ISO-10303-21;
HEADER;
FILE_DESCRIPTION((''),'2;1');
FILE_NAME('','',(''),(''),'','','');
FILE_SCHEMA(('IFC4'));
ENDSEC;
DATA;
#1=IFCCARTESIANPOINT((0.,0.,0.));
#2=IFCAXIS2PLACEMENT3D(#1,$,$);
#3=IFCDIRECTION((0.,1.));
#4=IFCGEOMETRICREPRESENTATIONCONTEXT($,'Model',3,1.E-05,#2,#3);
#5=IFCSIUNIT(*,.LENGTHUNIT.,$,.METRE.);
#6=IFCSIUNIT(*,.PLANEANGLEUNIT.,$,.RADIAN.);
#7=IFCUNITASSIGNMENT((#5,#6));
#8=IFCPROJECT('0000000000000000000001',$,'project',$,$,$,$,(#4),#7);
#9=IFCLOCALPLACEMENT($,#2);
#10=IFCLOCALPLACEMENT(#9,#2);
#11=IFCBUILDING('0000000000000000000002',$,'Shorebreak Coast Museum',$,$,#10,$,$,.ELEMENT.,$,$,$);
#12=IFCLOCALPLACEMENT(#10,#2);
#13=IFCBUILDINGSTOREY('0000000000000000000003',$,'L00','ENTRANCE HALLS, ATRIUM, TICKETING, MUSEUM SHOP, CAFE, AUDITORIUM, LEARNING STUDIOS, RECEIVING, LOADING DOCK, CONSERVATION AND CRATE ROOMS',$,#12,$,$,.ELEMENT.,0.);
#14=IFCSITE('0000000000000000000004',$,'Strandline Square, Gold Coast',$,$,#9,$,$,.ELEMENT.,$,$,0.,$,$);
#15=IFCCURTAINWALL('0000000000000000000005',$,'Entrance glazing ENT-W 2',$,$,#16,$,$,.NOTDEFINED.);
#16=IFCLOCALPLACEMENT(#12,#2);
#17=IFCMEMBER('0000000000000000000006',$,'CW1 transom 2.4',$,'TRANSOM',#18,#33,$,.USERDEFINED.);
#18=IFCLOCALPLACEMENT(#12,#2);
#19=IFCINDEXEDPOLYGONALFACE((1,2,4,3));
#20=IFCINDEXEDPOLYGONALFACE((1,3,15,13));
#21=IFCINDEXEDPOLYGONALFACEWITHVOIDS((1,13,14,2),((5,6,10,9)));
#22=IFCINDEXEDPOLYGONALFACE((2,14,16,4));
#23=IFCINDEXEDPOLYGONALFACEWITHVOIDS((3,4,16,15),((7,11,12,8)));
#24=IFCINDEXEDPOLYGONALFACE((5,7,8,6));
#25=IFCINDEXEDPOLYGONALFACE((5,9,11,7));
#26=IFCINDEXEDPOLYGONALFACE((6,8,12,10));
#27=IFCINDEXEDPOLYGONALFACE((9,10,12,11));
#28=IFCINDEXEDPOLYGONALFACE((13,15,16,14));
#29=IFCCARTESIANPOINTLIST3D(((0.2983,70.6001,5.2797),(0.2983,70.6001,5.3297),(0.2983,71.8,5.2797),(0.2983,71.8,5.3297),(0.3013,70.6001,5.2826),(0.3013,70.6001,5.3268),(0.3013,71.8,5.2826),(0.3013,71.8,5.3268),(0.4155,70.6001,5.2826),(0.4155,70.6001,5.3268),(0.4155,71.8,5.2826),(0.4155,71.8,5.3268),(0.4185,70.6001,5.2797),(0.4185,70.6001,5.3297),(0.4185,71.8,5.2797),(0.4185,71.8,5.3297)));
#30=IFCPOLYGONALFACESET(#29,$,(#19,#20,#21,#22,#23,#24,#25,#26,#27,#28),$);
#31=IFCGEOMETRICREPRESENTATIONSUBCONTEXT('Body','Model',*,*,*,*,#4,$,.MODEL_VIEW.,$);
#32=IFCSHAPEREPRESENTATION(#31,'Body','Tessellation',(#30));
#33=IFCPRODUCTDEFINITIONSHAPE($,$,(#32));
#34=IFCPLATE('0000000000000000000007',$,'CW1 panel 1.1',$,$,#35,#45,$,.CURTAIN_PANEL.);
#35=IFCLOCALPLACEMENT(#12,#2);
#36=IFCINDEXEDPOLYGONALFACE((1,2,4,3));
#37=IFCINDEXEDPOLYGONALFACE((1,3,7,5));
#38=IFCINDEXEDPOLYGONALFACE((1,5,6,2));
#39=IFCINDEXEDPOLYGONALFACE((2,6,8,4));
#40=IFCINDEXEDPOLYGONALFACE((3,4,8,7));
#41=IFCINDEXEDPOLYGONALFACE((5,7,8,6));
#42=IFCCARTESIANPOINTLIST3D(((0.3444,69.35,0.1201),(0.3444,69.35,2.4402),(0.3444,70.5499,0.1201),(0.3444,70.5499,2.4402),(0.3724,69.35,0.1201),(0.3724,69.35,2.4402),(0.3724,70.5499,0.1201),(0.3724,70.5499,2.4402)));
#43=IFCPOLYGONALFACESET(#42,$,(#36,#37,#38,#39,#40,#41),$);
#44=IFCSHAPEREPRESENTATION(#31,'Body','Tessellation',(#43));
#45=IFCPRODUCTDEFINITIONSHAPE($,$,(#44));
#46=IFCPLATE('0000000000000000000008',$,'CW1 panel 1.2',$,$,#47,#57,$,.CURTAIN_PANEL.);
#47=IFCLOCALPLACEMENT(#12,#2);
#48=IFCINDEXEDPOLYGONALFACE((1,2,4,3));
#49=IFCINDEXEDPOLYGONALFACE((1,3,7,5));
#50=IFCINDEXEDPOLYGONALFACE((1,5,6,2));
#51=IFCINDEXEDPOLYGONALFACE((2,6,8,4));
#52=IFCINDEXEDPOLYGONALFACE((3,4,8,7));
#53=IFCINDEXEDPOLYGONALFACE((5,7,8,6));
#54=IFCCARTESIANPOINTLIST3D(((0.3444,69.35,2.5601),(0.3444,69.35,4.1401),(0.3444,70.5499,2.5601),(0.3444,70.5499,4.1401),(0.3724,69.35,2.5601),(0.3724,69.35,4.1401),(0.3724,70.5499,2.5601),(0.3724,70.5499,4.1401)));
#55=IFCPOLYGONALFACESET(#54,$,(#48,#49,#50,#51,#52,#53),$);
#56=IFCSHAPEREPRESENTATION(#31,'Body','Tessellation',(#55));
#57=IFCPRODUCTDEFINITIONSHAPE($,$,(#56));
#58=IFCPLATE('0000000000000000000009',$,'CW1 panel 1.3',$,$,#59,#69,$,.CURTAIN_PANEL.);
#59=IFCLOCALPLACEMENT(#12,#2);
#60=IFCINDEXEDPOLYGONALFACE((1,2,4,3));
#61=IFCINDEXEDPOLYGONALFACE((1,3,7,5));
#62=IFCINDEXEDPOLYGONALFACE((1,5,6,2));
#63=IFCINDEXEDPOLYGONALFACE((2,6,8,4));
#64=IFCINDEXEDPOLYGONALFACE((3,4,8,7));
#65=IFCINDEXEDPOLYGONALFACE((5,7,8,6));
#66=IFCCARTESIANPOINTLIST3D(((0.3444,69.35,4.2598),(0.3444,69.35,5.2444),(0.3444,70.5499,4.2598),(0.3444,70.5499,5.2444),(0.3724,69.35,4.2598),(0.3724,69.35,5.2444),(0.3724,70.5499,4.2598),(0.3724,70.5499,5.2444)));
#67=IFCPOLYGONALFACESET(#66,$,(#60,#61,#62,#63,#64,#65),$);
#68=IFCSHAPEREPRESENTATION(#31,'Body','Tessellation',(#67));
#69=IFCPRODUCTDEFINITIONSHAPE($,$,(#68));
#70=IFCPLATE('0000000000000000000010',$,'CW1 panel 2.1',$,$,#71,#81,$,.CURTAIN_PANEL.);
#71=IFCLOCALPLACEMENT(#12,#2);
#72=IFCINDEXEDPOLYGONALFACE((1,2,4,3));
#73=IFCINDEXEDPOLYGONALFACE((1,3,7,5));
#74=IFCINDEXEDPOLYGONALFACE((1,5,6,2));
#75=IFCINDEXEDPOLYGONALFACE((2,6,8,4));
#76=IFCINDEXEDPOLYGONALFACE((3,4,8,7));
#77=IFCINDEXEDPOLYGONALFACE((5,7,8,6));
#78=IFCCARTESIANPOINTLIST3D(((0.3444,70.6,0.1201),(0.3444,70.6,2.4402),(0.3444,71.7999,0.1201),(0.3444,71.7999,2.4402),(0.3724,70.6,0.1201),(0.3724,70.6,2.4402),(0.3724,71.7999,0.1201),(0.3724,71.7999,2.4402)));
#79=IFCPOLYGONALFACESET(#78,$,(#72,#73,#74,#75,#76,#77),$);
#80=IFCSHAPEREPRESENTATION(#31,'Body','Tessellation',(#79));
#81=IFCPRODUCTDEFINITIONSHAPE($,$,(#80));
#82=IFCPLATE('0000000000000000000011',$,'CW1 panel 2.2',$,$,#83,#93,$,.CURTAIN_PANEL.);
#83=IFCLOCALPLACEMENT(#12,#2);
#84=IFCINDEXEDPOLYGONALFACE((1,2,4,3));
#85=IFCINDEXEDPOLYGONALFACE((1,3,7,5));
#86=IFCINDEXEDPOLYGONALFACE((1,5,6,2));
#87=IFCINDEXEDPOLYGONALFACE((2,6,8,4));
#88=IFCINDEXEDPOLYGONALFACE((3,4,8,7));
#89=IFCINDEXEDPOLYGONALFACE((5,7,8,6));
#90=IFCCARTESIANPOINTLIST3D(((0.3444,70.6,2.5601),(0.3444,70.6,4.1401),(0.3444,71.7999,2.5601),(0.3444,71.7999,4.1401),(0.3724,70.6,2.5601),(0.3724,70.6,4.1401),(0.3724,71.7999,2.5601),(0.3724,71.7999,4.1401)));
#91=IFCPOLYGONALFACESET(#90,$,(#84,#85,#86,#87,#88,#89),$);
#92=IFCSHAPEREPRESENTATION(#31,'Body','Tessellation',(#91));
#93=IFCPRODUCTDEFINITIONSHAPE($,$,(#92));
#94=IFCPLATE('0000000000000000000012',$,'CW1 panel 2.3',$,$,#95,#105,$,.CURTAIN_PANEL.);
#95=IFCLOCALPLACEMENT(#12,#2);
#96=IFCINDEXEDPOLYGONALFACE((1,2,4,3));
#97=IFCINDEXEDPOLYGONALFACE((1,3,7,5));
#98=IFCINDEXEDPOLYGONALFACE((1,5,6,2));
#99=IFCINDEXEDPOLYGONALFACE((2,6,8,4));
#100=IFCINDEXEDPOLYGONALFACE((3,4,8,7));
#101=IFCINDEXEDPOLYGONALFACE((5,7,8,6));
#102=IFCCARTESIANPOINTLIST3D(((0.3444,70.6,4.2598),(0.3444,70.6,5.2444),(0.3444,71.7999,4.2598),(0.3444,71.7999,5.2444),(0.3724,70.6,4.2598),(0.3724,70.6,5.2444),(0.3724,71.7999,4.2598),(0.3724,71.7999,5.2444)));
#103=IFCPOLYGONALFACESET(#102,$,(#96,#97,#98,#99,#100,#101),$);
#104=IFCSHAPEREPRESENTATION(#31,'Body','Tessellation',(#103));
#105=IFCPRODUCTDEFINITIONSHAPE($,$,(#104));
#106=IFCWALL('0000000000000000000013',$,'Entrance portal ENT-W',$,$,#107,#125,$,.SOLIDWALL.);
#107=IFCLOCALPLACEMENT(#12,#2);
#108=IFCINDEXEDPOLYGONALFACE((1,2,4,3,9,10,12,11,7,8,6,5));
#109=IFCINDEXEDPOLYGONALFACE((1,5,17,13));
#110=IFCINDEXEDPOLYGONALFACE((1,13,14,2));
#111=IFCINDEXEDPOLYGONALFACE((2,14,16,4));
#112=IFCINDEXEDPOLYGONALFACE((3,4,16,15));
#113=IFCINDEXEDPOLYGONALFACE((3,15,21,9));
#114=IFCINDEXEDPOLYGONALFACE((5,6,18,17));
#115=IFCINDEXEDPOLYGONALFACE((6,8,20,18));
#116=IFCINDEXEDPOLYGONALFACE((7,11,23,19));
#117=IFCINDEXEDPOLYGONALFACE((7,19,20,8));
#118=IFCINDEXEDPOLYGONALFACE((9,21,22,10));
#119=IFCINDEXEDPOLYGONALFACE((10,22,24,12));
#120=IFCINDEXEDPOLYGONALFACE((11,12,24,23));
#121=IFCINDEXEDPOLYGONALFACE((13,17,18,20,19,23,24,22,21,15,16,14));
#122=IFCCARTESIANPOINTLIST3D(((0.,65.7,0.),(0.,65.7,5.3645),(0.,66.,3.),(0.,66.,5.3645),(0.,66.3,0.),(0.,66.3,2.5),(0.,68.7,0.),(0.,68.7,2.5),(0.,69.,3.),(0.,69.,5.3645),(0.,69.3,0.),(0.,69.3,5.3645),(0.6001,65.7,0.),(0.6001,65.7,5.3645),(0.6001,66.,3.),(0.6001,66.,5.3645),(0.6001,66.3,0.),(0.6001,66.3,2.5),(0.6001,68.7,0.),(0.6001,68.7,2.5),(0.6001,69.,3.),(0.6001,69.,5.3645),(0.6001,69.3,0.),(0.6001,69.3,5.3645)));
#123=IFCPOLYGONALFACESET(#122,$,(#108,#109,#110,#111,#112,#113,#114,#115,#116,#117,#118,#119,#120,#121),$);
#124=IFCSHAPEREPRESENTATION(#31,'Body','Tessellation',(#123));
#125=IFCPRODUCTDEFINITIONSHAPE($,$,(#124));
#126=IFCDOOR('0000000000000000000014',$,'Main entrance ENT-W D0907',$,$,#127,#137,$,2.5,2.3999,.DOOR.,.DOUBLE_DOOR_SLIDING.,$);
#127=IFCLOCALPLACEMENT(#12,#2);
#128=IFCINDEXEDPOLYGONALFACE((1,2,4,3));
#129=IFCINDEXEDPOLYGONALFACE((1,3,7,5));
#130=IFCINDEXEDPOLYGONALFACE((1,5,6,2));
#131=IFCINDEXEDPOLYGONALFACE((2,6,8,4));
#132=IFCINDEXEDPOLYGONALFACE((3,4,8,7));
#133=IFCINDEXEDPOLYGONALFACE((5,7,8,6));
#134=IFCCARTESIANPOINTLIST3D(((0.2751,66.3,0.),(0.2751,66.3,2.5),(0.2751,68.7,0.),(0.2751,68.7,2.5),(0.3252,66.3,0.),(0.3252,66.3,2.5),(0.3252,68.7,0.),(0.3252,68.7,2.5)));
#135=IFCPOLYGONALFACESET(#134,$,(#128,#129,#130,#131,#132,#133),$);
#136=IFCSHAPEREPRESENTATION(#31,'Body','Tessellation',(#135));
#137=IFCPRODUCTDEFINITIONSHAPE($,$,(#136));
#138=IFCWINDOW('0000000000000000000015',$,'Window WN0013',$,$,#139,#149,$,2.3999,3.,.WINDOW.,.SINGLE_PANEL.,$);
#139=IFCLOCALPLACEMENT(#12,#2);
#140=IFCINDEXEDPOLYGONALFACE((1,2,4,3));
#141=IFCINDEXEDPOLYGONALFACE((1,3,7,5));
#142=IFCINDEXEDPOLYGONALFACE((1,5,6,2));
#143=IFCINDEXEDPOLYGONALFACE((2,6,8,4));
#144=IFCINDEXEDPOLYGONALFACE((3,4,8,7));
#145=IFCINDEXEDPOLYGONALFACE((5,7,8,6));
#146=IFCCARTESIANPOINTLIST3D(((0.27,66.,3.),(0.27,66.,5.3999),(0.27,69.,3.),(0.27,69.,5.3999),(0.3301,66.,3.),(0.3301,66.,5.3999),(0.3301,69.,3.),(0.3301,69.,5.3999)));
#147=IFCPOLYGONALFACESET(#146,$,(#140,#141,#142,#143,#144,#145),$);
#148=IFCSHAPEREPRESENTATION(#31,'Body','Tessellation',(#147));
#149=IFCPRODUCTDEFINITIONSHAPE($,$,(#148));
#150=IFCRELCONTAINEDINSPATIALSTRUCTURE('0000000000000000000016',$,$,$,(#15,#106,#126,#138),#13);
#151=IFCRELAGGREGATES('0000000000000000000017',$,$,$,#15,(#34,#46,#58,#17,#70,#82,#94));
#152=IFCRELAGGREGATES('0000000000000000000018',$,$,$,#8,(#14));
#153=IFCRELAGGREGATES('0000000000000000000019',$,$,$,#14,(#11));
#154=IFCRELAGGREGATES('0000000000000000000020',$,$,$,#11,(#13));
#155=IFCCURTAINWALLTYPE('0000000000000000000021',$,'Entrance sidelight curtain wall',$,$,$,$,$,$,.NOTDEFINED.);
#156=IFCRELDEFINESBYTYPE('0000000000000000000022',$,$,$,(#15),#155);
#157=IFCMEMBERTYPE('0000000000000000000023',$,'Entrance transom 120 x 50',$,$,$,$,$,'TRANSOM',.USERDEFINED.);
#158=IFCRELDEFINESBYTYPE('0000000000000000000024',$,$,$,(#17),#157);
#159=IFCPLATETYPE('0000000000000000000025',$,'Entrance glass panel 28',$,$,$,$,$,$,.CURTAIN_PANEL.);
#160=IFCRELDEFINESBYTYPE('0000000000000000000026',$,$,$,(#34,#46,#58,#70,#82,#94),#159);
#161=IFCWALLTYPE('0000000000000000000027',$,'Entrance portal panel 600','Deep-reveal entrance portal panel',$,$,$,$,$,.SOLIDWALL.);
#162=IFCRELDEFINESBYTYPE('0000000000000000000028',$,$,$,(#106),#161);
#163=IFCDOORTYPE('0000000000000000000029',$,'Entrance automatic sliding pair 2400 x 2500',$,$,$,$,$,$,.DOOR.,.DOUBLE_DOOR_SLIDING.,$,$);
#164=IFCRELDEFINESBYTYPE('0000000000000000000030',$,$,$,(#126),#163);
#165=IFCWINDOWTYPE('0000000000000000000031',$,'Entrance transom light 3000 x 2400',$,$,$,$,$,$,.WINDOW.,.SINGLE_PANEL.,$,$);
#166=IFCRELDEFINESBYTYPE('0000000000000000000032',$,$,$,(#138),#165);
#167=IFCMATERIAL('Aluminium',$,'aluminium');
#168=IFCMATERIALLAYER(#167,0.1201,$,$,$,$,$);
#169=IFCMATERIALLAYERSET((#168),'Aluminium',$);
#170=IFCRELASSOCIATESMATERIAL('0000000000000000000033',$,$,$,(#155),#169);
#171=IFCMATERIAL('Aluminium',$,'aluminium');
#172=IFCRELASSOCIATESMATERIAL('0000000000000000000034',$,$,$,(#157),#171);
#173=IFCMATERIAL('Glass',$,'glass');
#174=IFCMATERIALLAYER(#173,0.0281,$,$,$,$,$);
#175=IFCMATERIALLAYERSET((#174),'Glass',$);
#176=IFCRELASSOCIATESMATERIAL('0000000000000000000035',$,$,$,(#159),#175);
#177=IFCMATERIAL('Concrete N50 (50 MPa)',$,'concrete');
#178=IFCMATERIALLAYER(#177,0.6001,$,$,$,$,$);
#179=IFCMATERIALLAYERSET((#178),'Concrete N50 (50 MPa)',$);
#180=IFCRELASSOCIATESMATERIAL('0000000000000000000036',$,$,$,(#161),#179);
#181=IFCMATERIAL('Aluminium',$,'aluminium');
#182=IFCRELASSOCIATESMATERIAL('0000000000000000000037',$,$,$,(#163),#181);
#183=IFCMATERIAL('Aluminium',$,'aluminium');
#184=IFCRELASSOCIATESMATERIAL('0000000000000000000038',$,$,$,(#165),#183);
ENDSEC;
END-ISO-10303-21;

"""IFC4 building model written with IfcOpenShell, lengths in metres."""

from ifc_helpers import new_model, si_unit, direction, frame, frame_2d, origin, origin_2d, place, context, subcontext, project, spatial, rectangle, hollow_rectangle, extrude, material, layer, layer_set, material_profile, profile_set, type_object, element, fill, aggregate, save


model = new_model("IFC4")

# Units and contexts
model_context = context("Model", 3, precision=1e-05, world=origin(), true_north=direction((0.0, 1.0)))
body_context = subcontext(model_context, "Body", "Model", "MODEL_VIEW")
ifc_project = project(units=[si_unit("LENGTHUNIT", "METRE"), si_unit("PLANEANGLEUNIT", "RADIAN")], contexts=[model_context])

# Site, building, storey
site_placement = place(None, origin())
site = spatial("IfcSite", under=ifc_project, at=site_placement, Name="Strandline Square, Gold Coast", CompositionType="ELEMENT", RefElevation=0.0)
building_placement = place(site_placement, origin())
building = spatial("IfcBuilding", under=site, at=building_placement, Name="Shorebreak Coast Museum", CompositionType="ELEMENT")
storey_placement = place(building_placement, origin())
storey = spatial("IfcBuildingStorey", under=building, at=storey_placement, Name="L00", Description="ENTRANCE HALLS, ATRIUM, TICKETING, MUSEUM SHOP, CAFE, AUDITORIUM, LEARNING STUDIOS, RECEIVING, LOADING DOCK, CONSERVATION AND CRATE ROOMS", CompositionType="ELEMENT", Elevation=0.0)

# Shared definitions
ifc_material_1 = material(Name="Aluminium", Category="aluminium")
ifc_layer_1 = layer(ifc_material_1, 0.1201)
ifc_layer_set_1 = layer_set([ifc_layer_1], Name="Aluminium")
curtain_wall_type = type_object("IfcCurtainWallType", Name="Entrance sidelight curtain wall", PredefinedType="NOTDEFINED", material=ifc_layer_set_1)

# Curtain wall, member, plates
curtain_wall_1_placement = place(storey_placement, origin())
curtain_wall_1 = element("IfcCurtainWall", 1, at=curtain_wall_1_placement, inside=storey, type_object=curtain_wall_type, Name="Entrance glazing ENT-W 2", PredefinedType="NOTDEFINED")
ifc_material_2 = material(Name="Aluminium", Category="aluminium")
ifc_material_profile_1 = material_profile(ifc_material_2, hollow_rectangle(XDim=0.1201, YDim=0.05, WallThickness=0.0029, at=origin_2d()), Name="AL 50x120 RHS")
ifc_profile_set_1 = profile_set([ifc_material_profile_1], Name="Aluminium")
member_type_1 = type_object("IfcMemberType", Name="Entrance transom 120 x 50", ElementType="TRANSOM", PredefinedType="USERDEFINED", material=ifc_profile_set_1)
member_1_placement = place(storey_placement, frame((0.3584, 70.6001, 5.3047), z_axis=(0.0, 1.0, 0.0), x_axis=(-1.0, 0.0, 0.0)))
member_1 = element("IfcMember", 2, at=member_1_placement, type_object=member_type_1, Name="CW1 transom 2.4", ObjectType="TRANSOM", PredefinedType="USERDEFINED", context=body_context, shape_type="SweptSolid", body=[
    extrude(hollow_rectangle(XDim=0.1201, YDim=0.05, WallThickness=0.0029, at=origin_2d()), origin(), (0.0, 0.0, 1.0), 1.2),
])
ifc_material_3 = material(Name="Glass", Category="glass")
ifc_layer_2 = layer(ifc_material_3, 0.0281)
ifc_layer_set_2 = layer_set([ifc_layer_2], Name="Glass")
plate_type = type_object("IfcPlateType", Name="Entrance glass panel 28", PredefinedType="CURTAIN_PANEL", material=ifc_layer_set_2)
plate_1_placement = place(storey_placement, frame((0.3584, 69.95, 0.1201), z_axis=(0.0, 0.0, 1.0), x_axis=(0.0, 1.0, 0.0)))
plate_1 = element("IfcPlate", 3, at=plate_1_placement, type_object=plate_type, Name="CW1 panel 1.1", PredefinedType="CURTAIN_PANEL", context=body_context, shape_type="SweptSolid", body=[
    extrude(rectangle(XDim=1.2, YDim=0.0281, at=origin_2d()), origin(), (0.0, 0.0, 1.0), 2.3201),
])
plate_2_placement = place(storey_placement, frame((0.3584, 69.95, 2.5601), z_axis=(0.0, 0.0, 1.0), x_axis=(0.0, 1.0, 0.0)))
plate_2 = element("IfcPlate", 4, at=plate_2_placement, type_object=plate_type, Name="CW1 panel 1.2", PredefinedType="CURTAIN_PANEL", context=body_context, shape_type="SweptSolid", body=[
    extrude(rectangle(XDim=1.2, YDim=0.0281, at=origin_2d()), origin(), (0.0, 0.0, 1.0), 1.5801),
])
plate_3_placement = place(storey_placement, frame((0.3584, 69.95, 4.2598), z_axis=(0.0, 0.0, 1.0), x_axis=(0.0, 1.0, 0.0)))
plate_3 = element("IfcPlate", 5, at=plate_3_placement, type_object=plate_type, Name="CW1 panel 1.3", PredefinedType="CURTAIN_PANEL", context=body_context, shape_type="SweptSolid", body=[
    extrude(rectangle(XDim=1.2, YDim=0.0281, at=origin_2d()), origin(), (0.0, 0.0, 1.0), 0.9846),
])
plate_4_placement = place(storey_placement, frame((0.3584, 71.2, 0.1201), z_axis=(0.0, 0.0, 1.0), x_axis=(0.0, 1.0, 0.0)))
plate_4 = element("IfcPlate", 6, at=plate_4_placement, type_object=plate_type, Name="CW1 panel 2.1", PredefinedType="CURTAIN_PANEL", context=body_context, shape_type="SweptSolid", body=[
    extrude(rectangle(XDim=1.2, YDim=0.0281, at=origin_2d()), origin(), (0.0, 0.0, 1.0), 2.3201),
])
plate_5_placement = place(storey_placement, frame((0.3584, 71.2, 2.5601), z_axis=(0.0, 0.0, 1.0), x_axis=(0.0, 1.0, 0.0)))
plate_5 = element("IfcPlate", 7, at=plate_5_placement, type_object=plate_type, Name="CW1 panel 2.2", PredefinedType="CURTAIN_PANEL", context=body_context, shape_type="SweptSolid", body=[
    extrude(rectangle(XDim=1.2, YDim=0.0281, at=origin_2d()), origin(), (0.0, 0.0, 1.0), 1.5801),
])
plate_6_placement = place(storey_placement, frame((0.3584, 71.2, 4.2598), z_axis=(0.0, 0.0, 1.0), x_axis=(0.0, 1.0, 0.0)))
plate_6 = element("IfcPlate", 8, at=plate_6_placement, type_object=plate_type, Name="CW1 panel 2.3", PredefinedType="CURTAIN_PANEL", context=body_context, shape_type="SweptSolid", body=[
    extrude(rectangle(XDim=1.2, YDim=0.0281, at=origin_2d()), origin(), (0.0, 0.0, 1.0), 0.9846),
])
aggregate(curtain_wall_1, [plate_1, plate_2, plate_3, member_1, plate_4, plate_5, plate_6])

# Wall, openings, door, window
ifc_material_4 = material(Name="Concrete N50 (50 MPa)", Category="concrete")
ifc_layer_3 = layer(ifc_material_4, 0.6001)
ifc_layer_set_3 = layer_set([ifc_layer_3], Name="Concrete N50 (50 MPa)")
wall_type = type_object("IfcWallType", Name="Entrance portal panel 600", Description="Deep-reveal entrance portal panel", PredefinedType="SOLIDWALL", material=ifc_layer_set_3)
wall_placement = place(storey_placement, frame((0.3, 65.7, 0.0), z_axis=(0.0, 0.0, 1.0), x_axis=(0.0, 1.0, 0.0)))
wall = element("IfcWall", 9, at=wall_placement, inside=storey, type_object=wall_type, Name="Entrance portal ENT-W", PredefinedType="SOLIDWALL", context=body_context, shape_type="SweptSolid", body=[
    extrude(rectangle(XDim=3.6001, YDim=0.6001, at=frame_2d((1.8, 0.0))), origin(), (0.0, 0.0, 1.0), 5.3645),
])
opening_1_placement = place(wall_placement, frame((0.6001, 0.0, 0.0)))
opening_1 = element("IfcOpeningElement", 10, at=opening_1_placement, cuts=wall, PredefinedType="OPENING", context=body_context, shape_type="SweptSolid", body=[
    extrude(rectangle(XDim=2.3999, YDim=2.5, at=frame_2d((1.2, 1.25))), frame((0.0, 0.3101, 0.0), z_axis=(0.0, -1.0, 0.0), x_axis=(1.0, 0.0, 0.0)), (0.0, 0.0, 1.0), 0.6201),
])
opening_2_placement = place(wall_placement, frame((0.3, 0.0, 3.0)))
opening_2 = element("IfcOpeningElement", 11, at=opening_2_placement, cuts=wall, PredefinedType="OPENING", context=body_context, shape_type="SweptSolid", body=[
    extrude(rectangle(XDim=3.0, YDim=2.3999, at=frame_2d((1.5, 1.2))), frame((0.0, 0.3101, 0.0), z_axis=(0.0, -1.0, 0.0), x_axis=(1.0, 0.0, 0.0)), (0.0, 0.0, 1.0), 0.6201),
])
ifc_material_5 = material(Name="Aluminium", Category="aluminium")
door_type = type_object("IfcDoorType", Name="Entrance automatic sliding pair 2400 x 2500", OperationType="DOUBLE_DOOR_SLIDING", PredefinedType="DOOR", material=ifc_material_5)
door_placement = place(opening_1_placement, origin())
door = element("IfcDoor", 12, at=door_placement, inside=storey, type_object=door_type, Name="Main entrance ENT-W D0907", OperationType="DOUBLE_DOOR_SLIDING", OverallHeight=2.5, OverallWidth=2.3999, PredefinedType="DOOR", context=body_context, shape_type="SweptSolid", body=[
    extrude(rectangle(XDim=2.3999, YDim=2.5, at=frame_2d((1.2, 1.25))), frame((0.0, 0.0249, 0.0), z_axis=(0.0, -1.0, 0.0), x_axis=(1.0, 0.0, 0.0)), (0.0, 0.0, 1.0), 0.05),
])
fill(opening_1, door)
ifc_material_6 = material(Name="Aluminium", Category="aluminium")
window_type = type_object("IfcWindowType", Name="Entrance transom light 3000 x 2400", PartitioningType="SINGLE_PANEL", PredefinedType="WINDOW", material=ifc_material_6)
window_placement = place(opening_2_placement, origin())
window = element("IfcWindow", 13, at=window_placement, inside=storey, type_object=window_type, Name="Window WN0013", OverallHeight=2.3999, OverallWidth=3.0, PartitioningType="SINGLE_PANEL", PredefinedType="WINDOW", context=body_context, shape_type="SweptSolid", body=[
    extrude(rectangle(XDim=3.0, YDim=2.3999, at=frame_2d((1.5, 1.2))), frame((0.0, 0.03, 0.0), z_axis=(0.0, -1.0, 0.0), x_axis=(1.0, 0.0, 0.0)), (0.0, 0.0, 1.0), 0.0601),
])
fill(opening_2, window)

save(model, "model.ifc")
